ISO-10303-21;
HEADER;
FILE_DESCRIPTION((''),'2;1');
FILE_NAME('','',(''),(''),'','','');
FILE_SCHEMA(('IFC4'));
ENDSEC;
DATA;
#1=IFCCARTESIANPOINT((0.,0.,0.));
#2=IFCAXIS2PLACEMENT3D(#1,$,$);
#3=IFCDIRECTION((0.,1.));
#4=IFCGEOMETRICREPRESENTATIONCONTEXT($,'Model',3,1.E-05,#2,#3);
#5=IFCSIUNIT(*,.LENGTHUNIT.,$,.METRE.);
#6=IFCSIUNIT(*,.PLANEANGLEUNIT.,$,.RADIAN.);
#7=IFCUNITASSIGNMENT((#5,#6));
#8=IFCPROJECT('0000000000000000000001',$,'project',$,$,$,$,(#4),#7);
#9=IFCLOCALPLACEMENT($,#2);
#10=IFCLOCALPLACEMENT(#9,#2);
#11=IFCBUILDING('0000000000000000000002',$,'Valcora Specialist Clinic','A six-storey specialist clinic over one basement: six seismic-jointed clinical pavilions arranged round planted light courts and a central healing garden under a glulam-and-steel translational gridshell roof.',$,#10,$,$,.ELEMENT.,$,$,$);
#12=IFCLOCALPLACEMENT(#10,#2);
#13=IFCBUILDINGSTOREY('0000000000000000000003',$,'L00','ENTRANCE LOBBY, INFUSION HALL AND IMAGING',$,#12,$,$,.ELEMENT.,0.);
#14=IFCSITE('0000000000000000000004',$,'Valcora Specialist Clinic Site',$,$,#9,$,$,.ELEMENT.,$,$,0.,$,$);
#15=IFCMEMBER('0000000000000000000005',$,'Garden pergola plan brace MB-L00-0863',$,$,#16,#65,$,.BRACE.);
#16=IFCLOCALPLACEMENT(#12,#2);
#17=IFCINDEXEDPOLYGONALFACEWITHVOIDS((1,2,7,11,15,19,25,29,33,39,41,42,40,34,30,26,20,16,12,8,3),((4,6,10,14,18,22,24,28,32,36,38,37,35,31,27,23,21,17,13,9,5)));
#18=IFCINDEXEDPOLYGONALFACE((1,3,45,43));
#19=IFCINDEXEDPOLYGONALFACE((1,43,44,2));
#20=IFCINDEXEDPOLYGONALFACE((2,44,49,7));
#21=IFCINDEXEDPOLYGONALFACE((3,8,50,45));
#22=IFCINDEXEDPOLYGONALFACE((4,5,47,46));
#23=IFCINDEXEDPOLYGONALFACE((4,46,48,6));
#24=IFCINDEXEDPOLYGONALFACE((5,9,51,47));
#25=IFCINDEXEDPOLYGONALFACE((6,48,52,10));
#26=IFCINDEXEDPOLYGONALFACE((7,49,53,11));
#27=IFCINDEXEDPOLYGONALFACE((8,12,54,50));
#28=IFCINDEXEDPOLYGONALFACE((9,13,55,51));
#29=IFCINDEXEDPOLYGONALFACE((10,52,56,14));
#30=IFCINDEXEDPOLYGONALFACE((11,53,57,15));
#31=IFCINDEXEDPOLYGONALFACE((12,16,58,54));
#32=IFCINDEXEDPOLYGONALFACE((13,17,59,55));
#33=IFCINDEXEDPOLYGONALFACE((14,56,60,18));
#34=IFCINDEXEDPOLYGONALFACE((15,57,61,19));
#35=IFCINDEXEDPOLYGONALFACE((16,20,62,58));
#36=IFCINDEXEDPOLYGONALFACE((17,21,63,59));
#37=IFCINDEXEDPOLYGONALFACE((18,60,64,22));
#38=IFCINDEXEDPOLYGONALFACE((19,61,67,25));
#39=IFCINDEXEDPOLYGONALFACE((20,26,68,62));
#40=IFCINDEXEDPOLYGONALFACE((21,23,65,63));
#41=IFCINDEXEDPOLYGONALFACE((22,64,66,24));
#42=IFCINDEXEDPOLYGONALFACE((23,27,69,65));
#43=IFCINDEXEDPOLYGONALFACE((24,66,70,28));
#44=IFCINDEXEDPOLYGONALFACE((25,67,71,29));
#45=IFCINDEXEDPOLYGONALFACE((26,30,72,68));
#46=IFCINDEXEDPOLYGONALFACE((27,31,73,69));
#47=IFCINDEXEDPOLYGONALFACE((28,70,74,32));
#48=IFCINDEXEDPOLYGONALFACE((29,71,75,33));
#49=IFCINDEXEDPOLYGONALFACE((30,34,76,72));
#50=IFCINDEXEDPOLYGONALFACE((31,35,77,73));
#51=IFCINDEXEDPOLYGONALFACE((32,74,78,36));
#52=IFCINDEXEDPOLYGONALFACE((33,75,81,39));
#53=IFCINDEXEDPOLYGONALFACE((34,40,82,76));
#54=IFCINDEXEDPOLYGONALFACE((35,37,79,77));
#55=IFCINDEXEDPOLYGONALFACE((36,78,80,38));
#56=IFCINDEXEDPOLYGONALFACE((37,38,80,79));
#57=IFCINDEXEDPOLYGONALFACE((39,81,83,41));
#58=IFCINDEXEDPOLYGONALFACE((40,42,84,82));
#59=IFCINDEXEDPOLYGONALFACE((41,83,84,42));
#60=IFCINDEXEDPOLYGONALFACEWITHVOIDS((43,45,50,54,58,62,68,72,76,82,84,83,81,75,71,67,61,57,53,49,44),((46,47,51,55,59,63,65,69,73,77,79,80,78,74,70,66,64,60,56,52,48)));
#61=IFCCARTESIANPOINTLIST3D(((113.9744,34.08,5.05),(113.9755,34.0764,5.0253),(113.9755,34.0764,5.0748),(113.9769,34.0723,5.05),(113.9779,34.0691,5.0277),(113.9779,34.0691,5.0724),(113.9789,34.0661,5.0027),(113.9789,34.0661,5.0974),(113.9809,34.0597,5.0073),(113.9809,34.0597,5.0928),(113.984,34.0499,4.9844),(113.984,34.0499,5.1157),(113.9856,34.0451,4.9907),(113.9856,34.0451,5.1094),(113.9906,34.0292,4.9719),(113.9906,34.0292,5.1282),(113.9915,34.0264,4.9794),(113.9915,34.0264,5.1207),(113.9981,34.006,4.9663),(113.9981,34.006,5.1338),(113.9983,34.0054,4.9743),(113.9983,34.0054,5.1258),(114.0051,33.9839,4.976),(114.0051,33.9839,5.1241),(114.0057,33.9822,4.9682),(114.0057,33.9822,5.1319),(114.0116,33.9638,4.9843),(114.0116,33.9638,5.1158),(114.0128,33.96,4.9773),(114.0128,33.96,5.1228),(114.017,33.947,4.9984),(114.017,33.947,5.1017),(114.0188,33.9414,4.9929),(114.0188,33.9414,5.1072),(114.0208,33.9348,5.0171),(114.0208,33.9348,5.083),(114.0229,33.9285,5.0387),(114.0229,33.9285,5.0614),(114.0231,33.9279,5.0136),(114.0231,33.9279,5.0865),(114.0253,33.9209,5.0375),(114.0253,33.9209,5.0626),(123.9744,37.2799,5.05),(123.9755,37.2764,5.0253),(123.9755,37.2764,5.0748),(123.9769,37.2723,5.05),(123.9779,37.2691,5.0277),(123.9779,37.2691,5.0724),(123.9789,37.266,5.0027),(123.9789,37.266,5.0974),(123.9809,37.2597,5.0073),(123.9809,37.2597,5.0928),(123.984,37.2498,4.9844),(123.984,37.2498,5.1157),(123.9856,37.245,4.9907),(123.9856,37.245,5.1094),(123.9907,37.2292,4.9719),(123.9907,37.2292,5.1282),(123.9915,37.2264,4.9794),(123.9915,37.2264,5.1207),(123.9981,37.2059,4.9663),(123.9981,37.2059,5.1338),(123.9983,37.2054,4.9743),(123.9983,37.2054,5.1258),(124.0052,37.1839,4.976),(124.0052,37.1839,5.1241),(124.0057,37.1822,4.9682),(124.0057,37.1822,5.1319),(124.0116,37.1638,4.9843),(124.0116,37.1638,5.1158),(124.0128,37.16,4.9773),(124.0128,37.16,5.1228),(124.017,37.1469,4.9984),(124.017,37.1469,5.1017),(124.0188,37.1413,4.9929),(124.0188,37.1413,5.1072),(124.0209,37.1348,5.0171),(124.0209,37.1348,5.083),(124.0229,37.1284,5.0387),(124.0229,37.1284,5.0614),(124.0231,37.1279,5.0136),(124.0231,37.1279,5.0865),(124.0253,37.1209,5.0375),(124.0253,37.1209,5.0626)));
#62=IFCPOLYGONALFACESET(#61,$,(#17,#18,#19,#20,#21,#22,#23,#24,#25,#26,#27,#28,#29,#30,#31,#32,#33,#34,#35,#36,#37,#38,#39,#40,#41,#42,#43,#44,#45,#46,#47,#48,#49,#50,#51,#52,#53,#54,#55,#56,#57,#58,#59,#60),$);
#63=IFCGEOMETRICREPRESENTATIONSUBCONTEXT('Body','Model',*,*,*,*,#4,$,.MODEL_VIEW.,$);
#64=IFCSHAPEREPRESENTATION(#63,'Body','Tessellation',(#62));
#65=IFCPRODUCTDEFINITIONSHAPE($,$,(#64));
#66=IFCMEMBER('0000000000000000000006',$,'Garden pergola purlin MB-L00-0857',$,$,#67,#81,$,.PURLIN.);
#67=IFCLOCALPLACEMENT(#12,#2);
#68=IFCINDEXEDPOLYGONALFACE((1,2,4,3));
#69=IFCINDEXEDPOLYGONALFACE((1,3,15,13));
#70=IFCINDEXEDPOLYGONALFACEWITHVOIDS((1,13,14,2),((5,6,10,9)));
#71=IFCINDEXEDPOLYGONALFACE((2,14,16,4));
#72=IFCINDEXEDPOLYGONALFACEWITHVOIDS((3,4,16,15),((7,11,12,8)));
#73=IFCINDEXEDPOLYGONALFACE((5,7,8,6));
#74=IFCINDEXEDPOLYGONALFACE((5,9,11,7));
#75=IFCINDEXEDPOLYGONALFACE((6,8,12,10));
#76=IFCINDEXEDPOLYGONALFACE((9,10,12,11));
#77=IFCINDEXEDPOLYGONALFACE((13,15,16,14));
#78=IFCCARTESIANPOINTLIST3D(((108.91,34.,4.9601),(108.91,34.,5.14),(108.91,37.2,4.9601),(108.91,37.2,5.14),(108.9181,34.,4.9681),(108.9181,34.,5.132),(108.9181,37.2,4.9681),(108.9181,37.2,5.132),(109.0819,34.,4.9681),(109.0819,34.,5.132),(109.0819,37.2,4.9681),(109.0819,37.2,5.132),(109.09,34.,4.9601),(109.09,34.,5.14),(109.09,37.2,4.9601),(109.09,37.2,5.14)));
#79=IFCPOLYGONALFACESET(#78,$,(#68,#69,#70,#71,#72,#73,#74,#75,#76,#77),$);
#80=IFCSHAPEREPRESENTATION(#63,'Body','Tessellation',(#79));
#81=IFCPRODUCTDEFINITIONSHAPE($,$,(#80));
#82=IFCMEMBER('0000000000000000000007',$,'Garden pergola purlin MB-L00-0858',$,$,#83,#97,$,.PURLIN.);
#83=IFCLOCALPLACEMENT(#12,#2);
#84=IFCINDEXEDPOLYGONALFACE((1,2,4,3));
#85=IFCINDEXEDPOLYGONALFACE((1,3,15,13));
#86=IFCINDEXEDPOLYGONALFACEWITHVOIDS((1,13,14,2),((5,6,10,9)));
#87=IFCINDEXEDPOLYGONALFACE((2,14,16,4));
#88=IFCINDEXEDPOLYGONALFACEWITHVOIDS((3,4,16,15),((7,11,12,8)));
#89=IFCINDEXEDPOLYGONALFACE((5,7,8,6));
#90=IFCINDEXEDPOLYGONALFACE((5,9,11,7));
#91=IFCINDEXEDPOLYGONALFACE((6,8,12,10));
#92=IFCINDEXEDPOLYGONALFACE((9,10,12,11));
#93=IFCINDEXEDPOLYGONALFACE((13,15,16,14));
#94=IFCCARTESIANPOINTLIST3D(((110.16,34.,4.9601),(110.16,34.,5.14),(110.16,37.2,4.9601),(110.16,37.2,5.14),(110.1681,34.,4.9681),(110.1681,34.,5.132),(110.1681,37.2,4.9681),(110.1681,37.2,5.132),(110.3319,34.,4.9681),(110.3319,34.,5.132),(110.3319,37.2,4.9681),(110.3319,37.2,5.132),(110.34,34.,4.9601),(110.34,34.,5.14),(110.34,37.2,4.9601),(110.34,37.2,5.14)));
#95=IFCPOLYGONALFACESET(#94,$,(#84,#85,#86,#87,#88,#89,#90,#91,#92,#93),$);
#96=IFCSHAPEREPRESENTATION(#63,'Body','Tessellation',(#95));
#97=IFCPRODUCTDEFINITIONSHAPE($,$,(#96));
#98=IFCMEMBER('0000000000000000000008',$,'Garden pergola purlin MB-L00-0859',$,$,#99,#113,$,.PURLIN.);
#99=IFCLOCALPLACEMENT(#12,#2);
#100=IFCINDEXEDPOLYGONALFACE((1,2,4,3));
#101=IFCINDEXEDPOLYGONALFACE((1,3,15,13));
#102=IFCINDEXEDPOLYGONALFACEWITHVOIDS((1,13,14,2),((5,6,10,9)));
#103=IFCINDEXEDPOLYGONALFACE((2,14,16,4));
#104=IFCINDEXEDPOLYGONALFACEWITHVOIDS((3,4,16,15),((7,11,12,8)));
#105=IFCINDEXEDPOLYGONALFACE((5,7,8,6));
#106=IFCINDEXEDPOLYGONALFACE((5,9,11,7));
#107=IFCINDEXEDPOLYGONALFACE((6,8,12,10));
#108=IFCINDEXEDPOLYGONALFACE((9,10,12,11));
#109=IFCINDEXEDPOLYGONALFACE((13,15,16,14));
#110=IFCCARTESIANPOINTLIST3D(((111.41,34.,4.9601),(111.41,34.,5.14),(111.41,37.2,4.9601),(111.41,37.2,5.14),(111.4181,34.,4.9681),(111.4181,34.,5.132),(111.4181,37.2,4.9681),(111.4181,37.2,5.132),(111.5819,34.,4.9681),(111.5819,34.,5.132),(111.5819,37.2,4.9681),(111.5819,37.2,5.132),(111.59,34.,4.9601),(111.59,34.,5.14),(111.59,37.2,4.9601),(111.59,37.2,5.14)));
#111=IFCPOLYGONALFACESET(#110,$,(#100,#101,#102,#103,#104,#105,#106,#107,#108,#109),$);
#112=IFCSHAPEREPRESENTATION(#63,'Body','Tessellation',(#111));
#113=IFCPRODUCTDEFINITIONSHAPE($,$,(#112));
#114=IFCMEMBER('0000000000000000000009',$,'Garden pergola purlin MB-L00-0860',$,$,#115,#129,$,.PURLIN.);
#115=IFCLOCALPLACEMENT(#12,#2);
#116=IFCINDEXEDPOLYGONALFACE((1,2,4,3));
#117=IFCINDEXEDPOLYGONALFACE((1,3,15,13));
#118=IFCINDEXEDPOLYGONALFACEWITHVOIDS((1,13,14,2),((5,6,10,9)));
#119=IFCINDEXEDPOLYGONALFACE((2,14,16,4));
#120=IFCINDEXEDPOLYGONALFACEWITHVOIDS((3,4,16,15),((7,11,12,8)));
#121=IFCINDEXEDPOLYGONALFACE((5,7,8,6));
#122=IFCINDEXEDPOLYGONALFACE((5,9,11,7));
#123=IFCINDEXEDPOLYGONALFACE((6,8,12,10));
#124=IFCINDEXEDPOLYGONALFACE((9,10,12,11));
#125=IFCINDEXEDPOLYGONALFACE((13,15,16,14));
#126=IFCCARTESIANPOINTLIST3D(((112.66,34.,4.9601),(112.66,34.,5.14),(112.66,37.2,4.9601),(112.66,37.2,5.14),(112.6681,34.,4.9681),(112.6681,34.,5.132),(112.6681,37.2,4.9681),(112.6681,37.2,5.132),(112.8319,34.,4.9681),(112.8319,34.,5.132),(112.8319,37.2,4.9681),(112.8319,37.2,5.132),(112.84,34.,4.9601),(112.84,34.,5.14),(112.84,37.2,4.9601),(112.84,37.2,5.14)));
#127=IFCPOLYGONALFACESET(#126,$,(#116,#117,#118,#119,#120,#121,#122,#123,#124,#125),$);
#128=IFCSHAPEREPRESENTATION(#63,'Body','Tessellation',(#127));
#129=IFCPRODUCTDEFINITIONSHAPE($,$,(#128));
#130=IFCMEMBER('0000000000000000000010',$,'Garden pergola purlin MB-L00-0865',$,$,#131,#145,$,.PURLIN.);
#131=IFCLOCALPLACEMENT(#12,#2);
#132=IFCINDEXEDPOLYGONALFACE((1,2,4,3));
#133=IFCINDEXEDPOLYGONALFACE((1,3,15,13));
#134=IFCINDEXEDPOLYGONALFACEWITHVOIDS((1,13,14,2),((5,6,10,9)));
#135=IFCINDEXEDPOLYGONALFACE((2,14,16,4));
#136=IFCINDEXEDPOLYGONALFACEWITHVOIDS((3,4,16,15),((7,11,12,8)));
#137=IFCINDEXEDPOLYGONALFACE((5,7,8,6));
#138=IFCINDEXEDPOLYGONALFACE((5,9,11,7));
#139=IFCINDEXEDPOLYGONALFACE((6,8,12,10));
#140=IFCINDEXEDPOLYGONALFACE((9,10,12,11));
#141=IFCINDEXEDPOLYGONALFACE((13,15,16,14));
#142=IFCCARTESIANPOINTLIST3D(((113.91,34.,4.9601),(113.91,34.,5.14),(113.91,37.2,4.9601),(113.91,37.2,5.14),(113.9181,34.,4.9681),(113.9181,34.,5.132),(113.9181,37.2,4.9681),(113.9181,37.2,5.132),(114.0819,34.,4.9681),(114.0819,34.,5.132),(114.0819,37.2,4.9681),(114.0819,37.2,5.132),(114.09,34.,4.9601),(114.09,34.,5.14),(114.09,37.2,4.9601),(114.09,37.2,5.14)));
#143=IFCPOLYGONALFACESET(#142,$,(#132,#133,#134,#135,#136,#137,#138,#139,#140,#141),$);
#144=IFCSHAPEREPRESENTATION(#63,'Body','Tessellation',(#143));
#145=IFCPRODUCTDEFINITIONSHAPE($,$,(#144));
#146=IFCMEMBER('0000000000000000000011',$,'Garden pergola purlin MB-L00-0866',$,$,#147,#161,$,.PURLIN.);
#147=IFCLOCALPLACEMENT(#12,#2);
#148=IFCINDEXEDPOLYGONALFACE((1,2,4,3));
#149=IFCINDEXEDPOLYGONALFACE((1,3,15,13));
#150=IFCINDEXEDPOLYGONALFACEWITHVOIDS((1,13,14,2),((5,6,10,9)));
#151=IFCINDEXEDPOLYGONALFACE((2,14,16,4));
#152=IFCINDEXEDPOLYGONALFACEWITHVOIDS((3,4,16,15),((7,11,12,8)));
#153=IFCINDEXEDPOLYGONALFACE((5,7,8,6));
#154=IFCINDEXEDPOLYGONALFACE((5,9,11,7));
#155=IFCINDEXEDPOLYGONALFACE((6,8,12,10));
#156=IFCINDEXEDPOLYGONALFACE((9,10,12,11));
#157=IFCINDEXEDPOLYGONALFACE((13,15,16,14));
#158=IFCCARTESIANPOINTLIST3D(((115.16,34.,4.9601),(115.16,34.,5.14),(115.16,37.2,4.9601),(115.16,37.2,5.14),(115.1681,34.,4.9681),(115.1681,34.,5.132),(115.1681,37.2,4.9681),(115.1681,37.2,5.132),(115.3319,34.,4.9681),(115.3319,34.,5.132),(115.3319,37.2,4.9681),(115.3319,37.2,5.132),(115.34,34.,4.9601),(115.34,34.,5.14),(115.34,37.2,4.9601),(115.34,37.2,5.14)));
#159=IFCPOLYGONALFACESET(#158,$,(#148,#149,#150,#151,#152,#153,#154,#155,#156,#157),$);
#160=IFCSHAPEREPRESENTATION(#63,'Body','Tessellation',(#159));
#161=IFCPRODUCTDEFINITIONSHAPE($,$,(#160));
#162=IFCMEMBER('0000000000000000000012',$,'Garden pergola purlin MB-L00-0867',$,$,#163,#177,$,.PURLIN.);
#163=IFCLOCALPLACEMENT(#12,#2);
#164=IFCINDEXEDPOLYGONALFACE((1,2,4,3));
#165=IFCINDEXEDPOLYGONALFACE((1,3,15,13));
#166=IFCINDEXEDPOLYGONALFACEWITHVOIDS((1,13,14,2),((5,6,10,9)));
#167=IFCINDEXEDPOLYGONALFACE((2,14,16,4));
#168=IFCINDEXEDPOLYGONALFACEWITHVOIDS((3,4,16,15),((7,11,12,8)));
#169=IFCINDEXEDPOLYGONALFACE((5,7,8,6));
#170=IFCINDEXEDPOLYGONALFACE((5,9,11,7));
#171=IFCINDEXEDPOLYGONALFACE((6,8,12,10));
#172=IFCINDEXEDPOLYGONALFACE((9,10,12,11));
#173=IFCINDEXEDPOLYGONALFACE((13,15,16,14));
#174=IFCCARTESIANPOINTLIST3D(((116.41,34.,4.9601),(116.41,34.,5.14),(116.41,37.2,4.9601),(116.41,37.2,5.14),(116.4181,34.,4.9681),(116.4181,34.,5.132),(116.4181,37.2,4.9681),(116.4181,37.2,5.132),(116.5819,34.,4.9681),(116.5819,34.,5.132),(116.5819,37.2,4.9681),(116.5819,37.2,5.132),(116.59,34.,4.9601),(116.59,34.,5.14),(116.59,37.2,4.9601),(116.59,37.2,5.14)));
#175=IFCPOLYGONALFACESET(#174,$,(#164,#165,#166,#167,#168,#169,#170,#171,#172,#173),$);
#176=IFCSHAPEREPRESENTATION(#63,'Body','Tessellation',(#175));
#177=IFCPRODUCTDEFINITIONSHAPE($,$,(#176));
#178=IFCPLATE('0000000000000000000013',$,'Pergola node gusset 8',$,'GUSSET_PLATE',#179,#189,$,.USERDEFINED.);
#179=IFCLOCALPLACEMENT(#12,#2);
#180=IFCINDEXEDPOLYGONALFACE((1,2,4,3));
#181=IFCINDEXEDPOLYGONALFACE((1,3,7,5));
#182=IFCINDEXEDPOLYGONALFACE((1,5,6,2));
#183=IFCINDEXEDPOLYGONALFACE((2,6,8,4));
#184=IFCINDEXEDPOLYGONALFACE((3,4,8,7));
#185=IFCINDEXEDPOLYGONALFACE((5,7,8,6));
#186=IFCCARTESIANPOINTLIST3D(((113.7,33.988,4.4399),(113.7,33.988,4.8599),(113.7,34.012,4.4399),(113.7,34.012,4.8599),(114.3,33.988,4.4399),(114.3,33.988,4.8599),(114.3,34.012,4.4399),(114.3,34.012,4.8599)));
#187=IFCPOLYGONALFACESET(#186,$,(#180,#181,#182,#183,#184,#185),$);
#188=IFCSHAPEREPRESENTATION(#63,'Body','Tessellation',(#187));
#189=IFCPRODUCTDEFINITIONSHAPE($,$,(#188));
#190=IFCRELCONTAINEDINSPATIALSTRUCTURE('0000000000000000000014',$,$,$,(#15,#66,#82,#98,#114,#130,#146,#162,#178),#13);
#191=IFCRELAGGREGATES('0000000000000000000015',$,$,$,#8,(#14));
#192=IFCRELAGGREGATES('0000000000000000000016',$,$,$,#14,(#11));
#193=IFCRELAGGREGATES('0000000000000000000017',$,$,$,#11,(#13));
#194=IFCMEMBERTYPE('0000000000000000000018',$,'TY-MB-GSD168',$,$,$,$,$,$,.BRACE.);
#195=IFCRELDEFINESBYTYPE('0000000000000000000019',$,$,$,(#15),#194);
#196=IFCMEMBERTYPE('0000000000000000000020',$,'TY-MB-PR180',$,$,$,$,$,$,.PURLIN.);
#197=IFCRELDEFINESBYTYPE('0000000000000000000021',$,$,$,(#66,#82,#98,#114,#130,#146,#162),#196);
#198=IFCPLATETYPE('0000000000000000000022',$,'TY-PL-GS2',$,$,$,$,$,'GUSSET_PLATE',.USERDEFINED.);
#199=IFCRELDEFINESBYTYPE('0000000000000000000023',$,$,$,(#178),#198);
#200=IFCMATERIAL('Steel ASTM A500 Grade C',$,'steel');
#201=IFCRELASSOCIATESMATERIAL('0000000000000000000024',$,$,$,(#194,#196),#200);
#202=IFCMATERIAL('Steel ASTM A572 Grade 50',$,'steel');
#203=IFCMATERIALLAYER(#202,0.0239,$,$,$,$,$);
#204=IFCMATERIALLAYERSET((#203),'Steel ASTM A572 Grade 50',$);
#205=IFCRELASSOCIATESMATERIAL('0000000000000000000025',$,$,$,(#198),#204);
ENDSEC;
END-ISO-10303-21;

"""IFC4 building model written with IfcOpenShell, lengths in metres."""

from ifc_helpers import new_model, si_unit, direction, frame, origin, origin_2d, place, context, subcontext, project, spatial, rectangle, hollow_rectangle, hollow_circle, extrude, material, layer, layer_set, material_profile, profile_set, type_object, element, save


model = new_model("IFC4")

# Units and contexts
model_context = context("Model", 3, precision=1e-05, world=origin(), true_north=direction((0.0, 1.0)))
body_context = subcontext(model_context, "Body", "Model", "MODEL_VIEW")
ifc_project = project(units=[si_unit("LENGTHUNIT", "METRE"), si_unit("PLANEANGLEUNIT", "RADIAN")], contexts=[model_context])

# Site, building, storey
site_placement = place(None, origin())
site = spatial("IfcSite", under=ifc_project, at=site_placement, Name="Valcora Specialist Clinic Site", CompositionType="ELEMENT", RefElevation=0.0)
building_placement = place(site_placement, origin())
building = spatial("IfcBuilding", under=site, at=building_placement, Name="Valcora Specialist Clinic", Description="A six-storey specialist clinic over one basement: six seismic-jointed clinical pavilions arranged round planted light courts and a central healing garden under a glulam-and-steel translational gridshell roof.", CompositionType="ELEMENT")
storey_placement = place(building_placement, origin())
storey = spatial("IfcBuildingStorey", under=building, at=storey_placement, Name="L00", Description="ENTRANCE LOBBY, INFUSION HALL AND IMAGING", CompositionType="ELEMENT", Elevation=0.0)

# Members
ifc_material_1 = material(Name="Steel ASTM A500 Grade C", Category="steel")
ifc_material_profile_1 = material_profile(ifc_material_1, hollow_circle(Radius=0.084, WallThickness=0.0081, at=origin_2d()), Name="ST-CHS-168X8")
ifc_profile_set_1 = profile_set([ifc_material_profile_1], Name="Steel ASTM A500 Grade C")
member_type_1 = type_object("IfcMemberType", Name="TY-MB-GSD168", PredefinedType="BRACE", material=ifc_profile_set_1)
member_1_placement = place(storey_placement, frame((114.0, 34.0, 5.05), z_axis=(0.952425, 0.304772, 0.0), x_axis=(-0.304772, 0.952425, 0.0)))
element("IfcMember", 1, at=member_1_placement, inside=storey, type_object=member_type_1, Name="Garden pergola plan brace MB-L00-0863", PredefinedType="BRACE", context=body_context, shape_type="SweptSolid", body=[
    extrude(hollow_circle(Radius=0.084, WallThickness=0.0081, at=origin_2d()), origin(), (0.0, 0.0, 1.0), 10.4995),
])
ifc_material_profile_2 = material_profile(ifc_material_1, hollow_rectangle(XDim=0.1799, YDim=0.1799, WallThickness=0.0081, at=origin_2d()), Name="ST-RHS-180X180X8")
ifc_profile_set_2 = profile_set([ifc_material_profile_2], Name="Steel ASTM A500 Grade C")
member_type_2 = type_object("IfcMemberType", Name="TY-MB-PR180", PredefinedType="PURLIN", material=ifc_profile_set_2)
for number, where, z_axis, x_axis, name in (
    (2, (109.0, 34.0, 5.05), (0.0, 1.0, 0.0), (-1.0, 0.0, 0.0), "Garden pergola purlin MB-L00-0857"),
    (3, (110.25, 34.0, 5.05), (0.0, 1.0, 0.0), (-1.0, 0.0, 0.0), "Garden pergola purlin MB-L00-0858"),
    (4, (111.5, 34.0, 5.05), (0.0, 1.0, 0.0), (-1.0, 0.0, 0.0), "Garden pergola purlin MB-L00-0859"),
    (5, (112.75, 34.0, 5.05), (0.0, 1.0, 0.0), (-1.0, 0.0, 0.0), "Garden pergola purlin MB-L00-0860"),
    (6, (114.0, 34.0, 5.05), (0.0, 1.0, 0.0), (-1.0, 0.0, 0.0), "Garden pergola purlin MB-L00-0865"),
    (7, (115.25, 34.0, 5.05), (0.0, 1.0, 0.0), (-1.0, 0.0, 0.0), "Garden pergola purlin MB-L00-0866"),
    (8, (116.5, 34.0, 5.05), (0.0, 1.0, 0.0), (-1.0, 0.0, 0.0), "Garden pergola purlin MB-L00-0867"),
):
    element("IfcMember", number, at=place(storey_placement, frame(where, z_axis=z_axis, x_axis=x_axis)), inside=storey, type_object=member_type_2, Name=name, PredefinedType="PURLIN", context=body_context, shape_type="SweptSolid", body=[
        extrude(hollow_rectangle(XDim=0.1799, YDim=0.1799, WallThickness=0.0081, at=origin_2d()), origin(), (0.0, 0.0, 1.0), 3.2),
    ])

# Plate
ifc_material_2 = material(Name="Steel ASTM A572 Grade 50", Category="steel")
ifc_layer_1 = layer(ifc_material_2, 0.0239)
ifc_layer_set_1 = layer_set([ifc_layer_1], Name="Steel ASTM A572 Grade 50")
plate_type = type_object("IfcPlateType", Name="TY-PL-GS2", ElementType="GUSSET_PLATE", PredefinedType="USERDEFINED", material=ifc_layer_set_1)
plate_placement = place(storey_placement, frame((114.0, 34.0, 4.4399), z_axis=(0.0, 0.0, 1.0), x_axis=(1.0, 0.0, 0.0)))
element("IfcPlate", 9, at=plate_placement, inside=storey, type_object=plate_type, Name="Pergola node gusset 8", ObjectType="GUSSET_PLATE", PredefinedType="USERDEFINED", context=body_context, shape_type="SweptSolid", body=[
    extrude(rectangle(XDim=0.6001, YDim=0.0239, at=origin_2d()), origin(), (0.0, 0.0, 1.0), 0.4199),
])

save(model, "model.ifc")
